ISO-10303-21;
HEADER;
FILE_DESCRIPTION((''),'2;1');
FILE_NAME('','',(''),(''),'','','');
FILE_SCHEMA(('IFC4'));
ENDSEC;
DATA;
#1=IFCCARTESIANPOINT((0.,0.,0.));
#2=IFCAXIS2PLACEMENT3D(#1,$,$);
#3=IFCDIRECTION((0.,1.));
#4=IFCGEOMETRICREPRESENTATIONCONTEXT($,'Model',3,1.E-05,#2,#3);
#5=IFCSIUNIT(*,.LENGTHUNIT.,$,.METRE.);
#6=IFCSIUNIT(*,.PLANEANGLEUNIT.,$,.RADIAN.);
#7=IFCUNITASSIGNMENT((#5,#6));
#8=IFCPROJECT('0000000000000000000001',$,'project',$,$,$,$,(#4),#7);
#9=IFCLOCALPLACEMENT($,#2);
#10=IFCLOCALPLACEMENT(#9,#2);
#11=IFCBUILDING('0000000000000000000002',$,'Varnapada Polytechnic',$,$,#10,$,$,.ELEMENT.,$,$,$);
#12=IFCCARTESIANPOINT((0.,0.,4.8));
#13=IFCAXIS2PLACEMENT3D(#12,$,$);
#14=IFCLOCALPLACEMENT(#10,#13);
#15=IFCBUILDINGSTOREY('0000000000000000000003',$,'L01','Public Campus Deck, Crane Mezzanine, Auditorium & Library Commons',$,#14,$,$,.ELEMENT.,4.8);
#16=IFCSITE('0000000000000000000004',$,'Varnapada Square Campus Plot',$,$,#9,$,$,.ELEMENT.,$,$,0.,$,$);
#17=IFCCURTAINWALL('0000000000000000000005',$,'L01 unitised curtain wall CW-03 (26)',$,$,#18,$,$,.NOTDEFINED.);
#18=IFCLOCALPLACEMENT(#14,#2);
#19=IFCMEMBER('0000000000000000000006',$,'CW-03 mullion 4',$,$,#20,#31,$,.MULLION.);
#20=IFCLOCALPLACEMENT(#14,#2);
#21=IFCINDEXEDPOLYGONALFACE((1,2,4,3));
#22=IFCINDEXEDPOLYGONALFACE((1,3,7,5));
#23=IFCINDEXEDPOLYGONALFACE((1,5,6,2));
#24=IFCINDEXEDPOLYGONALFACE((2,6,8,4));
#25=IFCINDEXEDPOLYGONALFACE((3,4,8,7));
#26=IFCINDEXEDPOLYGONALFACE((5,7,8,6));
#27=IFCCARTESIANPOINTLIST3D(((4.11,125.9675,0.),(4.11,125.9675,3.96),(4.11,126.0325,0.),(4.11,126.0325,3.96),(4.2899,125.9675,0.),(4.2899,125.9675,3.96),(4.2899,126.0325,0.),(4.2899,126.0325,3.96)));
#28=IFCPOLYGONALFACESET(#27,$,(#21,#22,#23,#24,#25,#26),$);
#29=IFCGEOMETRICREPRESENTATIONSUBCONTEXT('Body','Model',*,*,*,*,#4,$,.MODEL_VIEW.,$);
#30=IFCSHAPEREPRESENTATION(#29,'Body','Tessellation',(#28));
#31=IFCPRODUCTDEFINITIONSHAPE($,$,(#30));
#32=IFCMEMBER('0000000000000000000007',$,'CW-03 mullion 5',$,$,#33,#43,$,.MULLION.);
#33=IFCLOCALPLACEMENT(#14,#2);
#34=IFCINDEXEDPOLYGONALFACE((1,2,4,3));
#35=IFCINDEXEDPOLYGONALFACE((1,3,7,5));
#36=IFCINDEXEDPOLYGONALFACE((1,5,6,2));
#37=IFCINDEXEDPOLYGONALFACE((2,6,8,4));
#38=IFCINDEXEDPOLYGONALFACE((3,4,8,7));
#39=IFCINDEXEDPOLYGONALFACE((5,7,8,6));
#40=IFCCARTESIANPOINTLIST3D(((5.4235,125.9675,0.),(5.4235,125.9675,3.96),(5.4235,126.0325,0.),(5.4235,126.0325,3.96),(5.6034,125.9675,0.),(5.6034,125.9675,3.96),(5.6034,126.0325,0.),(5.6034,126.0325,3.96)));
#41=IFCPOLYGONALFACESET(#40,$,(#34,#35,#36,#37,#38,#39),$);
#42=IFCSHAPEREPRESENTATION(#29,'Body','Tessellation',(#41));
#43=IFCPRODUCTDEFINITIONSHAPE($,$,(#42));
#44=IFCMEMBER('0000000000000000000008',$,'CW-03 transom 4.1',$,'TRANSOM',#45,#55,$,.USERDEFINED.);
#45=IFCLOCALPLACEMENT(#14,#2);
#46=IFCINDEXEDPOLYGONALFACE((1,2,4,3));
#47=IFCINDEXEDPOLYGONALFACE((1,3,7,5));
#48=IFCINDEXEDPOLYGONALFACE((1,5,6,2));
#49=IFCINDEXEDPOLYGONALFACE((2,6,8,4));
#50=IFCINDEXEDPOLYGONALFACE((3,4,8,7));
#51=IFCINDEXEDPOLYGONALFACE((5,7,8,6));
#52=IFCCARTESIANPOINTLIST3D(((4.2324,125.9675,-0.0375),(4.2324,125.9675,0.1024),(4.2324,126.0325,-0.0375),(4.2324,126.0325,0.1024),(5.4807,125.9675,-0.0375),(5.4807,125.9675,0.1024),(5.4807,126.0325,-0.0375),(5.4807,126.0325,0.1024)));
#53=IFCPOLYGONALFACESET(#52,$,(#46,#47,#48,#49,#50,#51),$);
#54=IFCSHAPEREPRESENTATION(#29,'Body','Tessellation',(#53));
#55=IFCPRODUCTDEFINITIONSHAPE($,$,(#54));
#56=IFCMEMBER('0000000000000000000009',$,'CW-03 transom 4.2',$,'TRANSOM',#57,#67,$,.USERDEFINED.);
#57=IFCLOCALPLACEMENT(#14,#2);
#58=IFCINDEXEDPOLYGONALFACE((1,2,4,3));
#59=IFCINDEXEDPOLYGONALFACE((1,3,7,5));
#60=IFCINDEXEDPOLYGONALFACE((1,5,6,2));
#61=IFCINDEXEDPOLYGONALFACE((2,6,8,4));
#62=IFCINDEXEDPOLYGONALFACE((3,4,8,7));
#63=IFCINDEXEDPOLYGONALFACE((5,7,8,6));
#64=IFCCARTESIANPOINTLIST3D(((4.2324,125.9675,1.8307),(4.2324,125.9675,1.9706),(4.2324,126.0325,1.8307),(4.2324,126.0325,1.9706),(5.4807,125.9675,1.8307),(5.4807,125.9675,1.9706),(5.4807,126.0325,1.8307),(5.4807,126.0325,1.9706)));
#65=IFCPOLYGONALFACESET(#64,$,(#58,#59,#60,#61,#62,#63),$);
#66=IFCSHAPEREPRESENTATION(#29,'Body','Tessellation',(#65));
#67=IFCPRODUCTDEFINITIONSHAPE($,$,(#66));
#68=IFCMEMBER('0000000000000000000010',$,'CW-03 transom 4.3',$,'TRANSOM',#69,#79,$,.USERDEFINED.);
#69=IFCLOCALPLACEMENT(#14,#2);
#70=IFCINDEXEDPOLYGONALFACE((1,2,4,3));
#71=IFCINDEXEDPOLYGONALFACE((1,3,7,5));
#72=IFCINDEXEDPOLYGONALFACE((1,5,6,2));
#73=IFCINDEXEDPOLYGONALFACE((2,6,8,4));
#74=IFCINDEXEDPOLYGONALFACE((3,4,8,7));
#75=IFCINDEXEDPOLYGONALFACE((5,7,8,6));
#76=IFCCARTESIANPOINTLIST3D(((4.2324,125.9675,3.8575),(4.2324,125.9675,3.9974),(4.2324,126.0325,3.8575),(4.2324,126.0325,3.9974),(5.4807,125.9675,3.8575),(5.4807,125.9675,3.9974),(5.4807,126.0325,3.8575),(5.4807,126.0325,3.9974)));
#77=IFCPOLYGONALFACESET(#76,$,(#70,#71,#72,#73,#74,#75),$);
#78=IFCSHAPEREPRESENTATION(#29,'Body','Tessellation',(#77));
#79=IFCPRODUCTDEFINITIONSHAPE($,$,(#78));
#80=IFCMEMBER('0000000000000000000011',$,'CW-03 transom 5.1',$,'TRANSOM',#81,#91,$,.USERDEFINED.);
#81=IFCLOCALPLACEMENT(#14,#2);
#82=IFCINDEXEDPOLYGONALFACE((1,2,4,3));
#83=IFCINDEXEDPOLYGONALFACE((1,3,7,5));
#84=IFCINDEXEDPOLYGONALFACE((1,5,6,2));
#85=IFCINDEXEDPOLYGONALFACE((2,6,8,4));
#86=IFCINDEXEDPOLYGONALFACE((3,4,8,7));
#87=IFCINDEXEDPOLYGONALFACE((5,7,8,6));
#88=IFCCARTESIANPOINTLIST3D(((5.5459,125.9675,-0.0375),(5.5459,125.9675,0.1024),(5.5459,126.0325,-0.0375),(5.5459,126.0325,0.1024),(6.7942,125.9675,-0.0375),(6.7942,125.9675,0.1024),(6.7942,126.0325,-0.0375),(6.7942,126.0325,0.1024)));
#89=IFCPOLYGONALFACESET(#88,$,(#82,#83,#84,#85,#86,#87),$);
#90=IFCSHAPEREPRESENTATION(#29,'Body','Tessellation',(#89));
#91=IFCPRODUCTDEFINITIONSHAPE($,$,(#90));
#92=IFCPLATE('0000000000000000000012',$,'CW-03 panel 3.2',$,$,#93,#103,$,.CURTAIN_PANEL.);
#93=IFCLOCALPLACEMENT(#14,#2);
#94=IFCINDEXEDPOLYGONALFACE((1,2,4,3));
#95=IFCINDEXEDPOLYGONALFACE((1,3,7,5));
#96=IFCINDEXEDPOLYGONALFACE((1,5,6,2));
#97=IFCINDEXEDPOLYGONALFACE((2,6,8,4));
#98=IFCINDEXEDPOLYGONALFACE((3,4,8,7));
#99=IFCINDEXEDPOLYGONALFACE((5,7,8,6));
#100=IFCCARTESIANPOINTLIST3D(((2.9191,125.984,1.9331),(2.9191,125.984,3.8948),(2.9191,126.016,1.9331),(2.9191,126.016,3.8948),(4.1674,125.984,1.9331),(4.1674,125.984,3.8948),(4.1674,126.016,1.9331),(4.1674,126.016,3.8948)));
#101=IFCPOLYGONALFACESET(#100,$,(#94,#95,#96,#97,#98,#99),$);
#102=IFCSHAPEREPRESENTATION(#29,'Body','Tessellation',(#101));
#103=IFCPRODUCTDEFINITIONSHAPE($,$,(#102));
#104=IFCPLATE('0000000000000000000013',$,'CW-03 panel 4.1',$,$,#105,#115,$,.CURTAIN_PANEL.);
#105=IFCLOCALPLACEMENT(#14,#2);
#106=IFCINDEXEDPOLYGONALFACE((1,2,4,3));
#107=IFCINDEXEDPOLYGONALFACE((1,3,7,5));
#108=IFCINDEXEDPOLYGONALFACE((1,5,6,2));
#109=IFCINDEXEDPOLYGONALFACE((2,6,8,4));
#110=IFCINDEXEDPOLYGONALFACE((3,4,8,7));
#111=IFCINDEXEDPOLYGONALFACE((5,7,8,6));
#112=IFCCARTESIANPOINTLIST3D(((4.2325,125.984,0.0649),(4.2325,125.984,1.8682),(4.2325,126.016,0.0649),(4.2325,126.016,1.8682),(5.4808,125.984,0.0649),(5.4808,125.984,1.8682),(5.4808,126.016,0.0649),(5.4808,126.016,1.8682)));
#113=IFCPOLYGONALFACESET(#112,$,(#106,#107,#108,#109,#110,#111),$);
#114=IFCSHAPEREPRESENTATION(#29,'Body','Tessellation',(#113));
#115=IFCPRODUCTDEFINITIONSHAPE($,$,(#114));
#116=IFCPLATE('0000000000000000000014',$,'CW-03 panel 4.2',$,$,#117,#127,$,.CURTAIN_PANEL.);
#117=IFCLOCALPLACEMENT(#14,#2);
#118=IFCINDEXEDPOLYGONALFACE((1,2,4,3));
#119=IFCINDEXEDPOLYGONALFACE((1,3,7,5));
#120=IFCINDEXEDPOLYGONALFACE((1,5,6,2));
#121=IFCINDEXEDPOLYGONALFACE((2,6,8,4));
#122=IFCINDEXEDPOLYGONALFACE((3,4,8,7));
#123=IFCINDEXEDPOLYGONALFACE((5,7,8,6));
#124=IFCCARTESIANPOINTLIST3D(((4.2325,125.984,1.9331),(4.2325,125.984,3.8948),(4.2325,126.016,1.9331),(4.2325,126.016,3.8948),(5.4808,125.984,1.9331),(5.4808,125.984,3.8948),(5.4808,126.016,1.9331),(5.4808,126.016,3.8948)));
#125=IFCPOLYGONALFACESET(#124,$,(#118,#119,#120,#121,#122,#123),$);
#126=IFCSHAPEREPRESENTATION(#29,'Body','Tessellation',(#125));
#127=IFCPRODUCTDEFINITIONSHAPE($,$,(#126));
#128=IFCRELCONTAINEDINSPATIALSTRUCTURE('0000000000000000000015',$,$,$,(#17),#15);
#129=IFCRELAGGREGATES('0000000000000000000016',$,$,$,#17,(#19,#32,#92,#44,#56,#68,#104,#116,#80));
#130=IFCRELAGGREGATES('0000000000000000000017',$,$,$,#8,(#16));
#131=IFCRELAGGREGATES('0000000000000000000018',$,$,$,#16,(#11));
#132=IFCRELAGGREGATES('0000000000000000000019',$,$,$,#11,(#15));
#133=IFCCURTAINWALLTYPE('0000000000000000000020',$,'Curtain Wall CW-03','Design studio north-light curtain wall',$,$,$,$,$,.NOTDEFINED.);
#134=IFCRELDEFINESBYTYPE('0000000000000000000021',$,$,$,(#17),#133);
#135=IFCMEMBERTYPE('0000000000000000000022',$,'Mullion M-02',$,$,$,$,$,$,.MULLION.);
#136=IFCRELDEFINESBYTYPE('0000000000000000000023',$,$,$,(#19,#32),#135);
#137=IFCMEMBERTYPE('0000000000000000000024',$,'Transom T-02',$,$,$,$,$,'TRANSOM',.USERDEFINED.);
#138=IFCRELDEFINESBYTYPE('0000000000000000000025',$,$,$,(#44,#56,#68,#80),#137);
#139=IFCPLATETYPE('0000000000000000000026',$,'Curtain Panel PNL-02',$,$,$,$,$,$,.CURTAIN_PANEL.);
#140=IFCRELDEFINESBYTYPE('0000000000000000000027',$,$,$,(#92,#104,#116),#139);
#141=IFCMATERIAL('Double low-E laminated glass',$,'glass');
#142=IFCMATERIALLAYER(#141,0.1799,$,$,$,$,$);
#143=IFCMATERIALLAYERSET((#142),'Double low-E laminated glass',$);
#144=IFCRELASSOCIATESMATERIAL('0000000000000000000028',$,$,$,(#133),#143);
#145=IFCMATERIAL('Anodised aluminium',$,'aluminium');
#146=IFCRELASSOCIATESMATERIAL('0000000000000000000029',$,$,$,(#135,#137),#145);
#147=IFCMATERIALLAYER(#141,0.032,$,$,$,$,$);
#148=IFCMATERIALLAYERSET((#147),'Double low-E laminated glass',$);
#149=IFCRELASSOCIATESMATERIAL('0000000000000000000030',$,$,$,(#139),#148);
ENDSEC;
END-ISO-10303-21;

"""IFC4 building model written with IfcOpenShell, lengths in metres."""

from ifc_helpers import new_model, si_unit, direction, frame, origin, origin_2d, place, context, subcontext, project, spatial, rectangle, extrude, material, layer, layer_set, material_profile, profile_set, type_object, element, aggregate, save


model = new_model("IFC4")

# Units and contexts
model_context = context("Model", 3, precision=1e-05, world=origin(), true_north=direction((0.0, 1.0)))
body_context = subcontext(model_context, "Body", "Model", "MODEL_VIEW")
ifc_project = project(units=[si_unit("LENGTHUNIT", "METRE"), si_unit("PLANEANGLEUNIT", "RADIAN")], contexts=[model_context])

# Site, building, storey
site_placement = place(None, origin())
site = spatial("IfcSite", under=ifc_project, at=site_placement, Name="Varnapada Square Campus Plot", CompositionType="ELEMENT", RefElevation=0.0)
building_placement = place(site_placement, origin())
building = spatial("IfcBuilding", under=site, at=building_placement, Name="Varnapada Polytechnic", CompositionType="ELEMENT")
storey_placement = place(building_placement, frame((0.0, 0.0, 4.8)))
storey = spatial("IfcBuildingStorey", under=building, at=storey_placement, Name="L01", Description="Public Campus Deck, Crane Mezzanine, Auditorium & Library Commons", CompositionType="ELEMENT", Elevation=4.8)

# Curtain wall, members, plates
ifc_material_1 = material(Name="Double low-E laminated glass", Category="glass")
ifc_layer_1 = layer(ifc_material_1, 0.1799)
ifc_layer_set_1 = layer_set([ifc_layer_1], Name="Double low-E laminated glass")
curtain_wall_type = type_object("IfcCurtainWallType", Name="Curtain Wall CW-03", Description="Design studio north-light curtain wall", PredefinedType="NOTDEFINED", material=ifc_layer_set_1)
curtain_wall_placement = place(storey_placement, origin())
curtain_wall = element("IfcCurtainWall", 1, at=curtain_wall_placement, inside=storey, type_object=curtain_wall_type, Name="L01 unitised curtain wall CW-03 (26)", PredefinedType="NOTDEFINED")
ifc_material_2 = material(Name="Anodised aluminium", Category="aluminium")
ifc_material_profile_1 = material_profile(ifc_material_2, rectangle(XDim=0.0649, YDim=0.1799, at=origin_2d()), Name="ALU M65x180")
ifc_profile_set_1 = profile_set([ifc_material_profile_1], Name="Anodised aluminium")
member_type_1 = type_object("IfcMemberType", Name="Mullion M-02", PredefinedType="MULLION", material=ifc_profile_set_1)
member_1_placement = place(storey_placement, frame((4.2, 126.0, 0.0), z_axis=(0.0, 0.0, 1.0), x_axis=(0.0, 1.0, 0.0)))
member_1 = element("IfcMember", 2, at=member_1_placement, type_object=member_type_1, Name="CW-03 mullion 4", PredefinedType="MULLION", context=body_context, shape_type="SweptSolid", body=[
    extrude(rectangle(XDim=0.0649, YDim=0.1799, at=origin_2d()), origin(), (0.0, 0.0, 1.0), 3.96),
])
member_2_placement = place(storey_placement, frame((5.5134, 126.0, 0.0), z_axis=(0.0, 0.0, 1.0), x_axis=(0.0, 1.0, 0.0)))
member_2 = element("IfcMember", 3, at=member_2_placement, type_object=member_type_1, Name="CW-03 mullion 5", PredefinedType="MULLION", context=body_context, shape_type="SweptSolid", body=[
    extrude(rectangle(XDim=0.0649, YDim=0.1799, at=origin_2d()), origin(), (0.0, 0.0, 1.0), 3.96),
])
ifc_material_profile_2 = material_profile(ifc_material_2, rectangle(XDim=0.0649, YDim=0.1399, at=origin_2d()), Name="ALU T65x140")
ifc_profile_set_2 = profile_set([ifc_material_profile_2], Name="Anodised aluminium")
member_type_2 = type_object("IfcMemberType", Name="Transom T-02", ElementType="TRANSOM", PredefinedType="USERDEFINED", material=ifc_profile_set_2)
member_3_placement = place(storey_placement, frame((4.2324, 126.0, 0.0325), z_axis=(1.0, 0.0, 0.0), x_axis=(0.0, 1.0, 0.0)))
member_3 = element("IfcMember", 4, at=member_3_placement, type_object=member_type_2, Name="CW-03 transom 4.1", ObjectType="TRANSOM", PredefinedType="USERDEFINED", context=body_context, shape_type="SweptSolid", body=[
    extrude(rectangle(XDim=0.0649, YDim=0.1399, at=origin_2d()), origin(), (0.0, 0.0, 1.0), 1.2483),
])
member_4_placement = place(storey_placement, frame((4.2324, 126.0, 1.9006), z_axis=(1.0, 0.0, 0.0), x_axis=(0.0, 1.0, 0.0)))
member_4 = element("IfcMember", 5, at=member_4_placement, type_object=member_type_2, Name="CW-03 transom 4.2", ObjectType="TRANSOM", PredefinedType="USERDEFINED", context=body_context, shape_type="SweptSolid", body=[
    extrude(rectangle(XDim=0.0649, YDim=0.1399, at=origin_2d()), origin(), (0.0, 0.0, 1.0), 1.2483),
])
member_5_placement = place(storey_placement, frame((4.2324, 126.0, 3.9275), z_axis=(1.0, 0.0, 0.0), x_axis=(0.0, 1.0, 0.0)))
member_5 = element("IfcMember", 6, at=member_5_placement, type_object=member_type_2, Name="CW-03 transom 4.3", ObjectType="TRANSOM", PredefinedType="USERDEFINED", context=body_context, shape_type="SweptSolid", body=[
    extrude(rectangle(XDim=0.0649, YDim=0.1399, at=origin_2d()), origin(), (0.0, 0.0, 1.0), 1.2483),
])
member_6_placement = place(storey_placement, frame((5.5459, 126.0, 0.0325), z_axis=(1.0, 0.0, 0.0), x_axis=(0.0, 1.0, 0.0)))
member_6 = element("IfcMember", 7, at=member_6_placement, type_object=member_type_2, Name="CW-03 transom 5.1", ObjectType="TRANSOM", PredefinedType="USERDEFINED", context=body_context, shape_type="SweptSolid", body=[
    extrude(rectangle(XDim=0.0649, YDim=0.1399, at=origin_2d()), origin(), (0.0, 0.0, 1.0), 1.2483),
])
ifc_layer_2 = layer(ifc_material_1, 0.032)
ifc_layer_set_2 = layer_set([ifc_layer_2], Name="Double low-E laminated glass")
plate_type = type_object("IfcPlateType", Name="Curtain Panel PNL-02", PredefinedType="CURTAIN_PANEL", material=ifc_layer_set_2)
plate_1_placement = place(storey_placement, frame((3.5432, 126.0, 1.9331), z_axis=(0.0, 0.0, 1.0), x_axis=(1.0, 0.0, 0.0)))
plate_1 = element("IfcPlate", 8, at=plate_1_placement, type_object=plate_type, Name="CW-03 panel 3.2", PredefinedType="CURTAIN_PANEL", context=body_context, shape_type="SweptSolid", body=[
    extrude(rectangle(XDim=1.2483, YDim=0.032, at=origin_2d()), origin(), (0.0, 0.0, 1.0), 1.9617),
])
plate_2_placement = place(storey_placement, frame((4.8567, 126.0, 0.0649), z_axis=(0.0, 0.0, 1.0), x_axis=(1.0, 0.0, 0.0)))
plate_2 = element("IfcPlate", 9, at=plate_2_placement, type_object=plate_type, Name="CW-03 panel 4.1", PredefinedType="CURTAIN_PANEL", context=body_context, shape_type="SweptSolid", body=[
    extrude(rectangle(XDim=1.2483, YDim=0.032, at=origin_2d()), origin(), (0.0, 0.0, 1.0), 1.8032),
])
plate_3_placement = place(storey_placement, frame((4.8567, 126.0, 1.9331), z_axis=(0.0, 0.0, 1.0), x_axis=(1.0, 0.0, 0.0)))
plate_3 = element("IfcPlate", 10, at=plate_3_placement, type_object=plate_type, Name="CW-03 panel 4.2", PredefinedType="CURTAIN_PANEL", context=body_context, shape_type="SweptSolid", body=[
    extrude(rectangle(XDim=1.2483, YDim=0.032, at=origin_2d()), origin(), (0.0, 0.0, 1.0), 1.9617),
])
aggregate(curtain_wall, [member_1, member_2, plate_1, member_3, member_4, member_5, plate_2, plate_3, member_6])

save(model, "model.ifc")
